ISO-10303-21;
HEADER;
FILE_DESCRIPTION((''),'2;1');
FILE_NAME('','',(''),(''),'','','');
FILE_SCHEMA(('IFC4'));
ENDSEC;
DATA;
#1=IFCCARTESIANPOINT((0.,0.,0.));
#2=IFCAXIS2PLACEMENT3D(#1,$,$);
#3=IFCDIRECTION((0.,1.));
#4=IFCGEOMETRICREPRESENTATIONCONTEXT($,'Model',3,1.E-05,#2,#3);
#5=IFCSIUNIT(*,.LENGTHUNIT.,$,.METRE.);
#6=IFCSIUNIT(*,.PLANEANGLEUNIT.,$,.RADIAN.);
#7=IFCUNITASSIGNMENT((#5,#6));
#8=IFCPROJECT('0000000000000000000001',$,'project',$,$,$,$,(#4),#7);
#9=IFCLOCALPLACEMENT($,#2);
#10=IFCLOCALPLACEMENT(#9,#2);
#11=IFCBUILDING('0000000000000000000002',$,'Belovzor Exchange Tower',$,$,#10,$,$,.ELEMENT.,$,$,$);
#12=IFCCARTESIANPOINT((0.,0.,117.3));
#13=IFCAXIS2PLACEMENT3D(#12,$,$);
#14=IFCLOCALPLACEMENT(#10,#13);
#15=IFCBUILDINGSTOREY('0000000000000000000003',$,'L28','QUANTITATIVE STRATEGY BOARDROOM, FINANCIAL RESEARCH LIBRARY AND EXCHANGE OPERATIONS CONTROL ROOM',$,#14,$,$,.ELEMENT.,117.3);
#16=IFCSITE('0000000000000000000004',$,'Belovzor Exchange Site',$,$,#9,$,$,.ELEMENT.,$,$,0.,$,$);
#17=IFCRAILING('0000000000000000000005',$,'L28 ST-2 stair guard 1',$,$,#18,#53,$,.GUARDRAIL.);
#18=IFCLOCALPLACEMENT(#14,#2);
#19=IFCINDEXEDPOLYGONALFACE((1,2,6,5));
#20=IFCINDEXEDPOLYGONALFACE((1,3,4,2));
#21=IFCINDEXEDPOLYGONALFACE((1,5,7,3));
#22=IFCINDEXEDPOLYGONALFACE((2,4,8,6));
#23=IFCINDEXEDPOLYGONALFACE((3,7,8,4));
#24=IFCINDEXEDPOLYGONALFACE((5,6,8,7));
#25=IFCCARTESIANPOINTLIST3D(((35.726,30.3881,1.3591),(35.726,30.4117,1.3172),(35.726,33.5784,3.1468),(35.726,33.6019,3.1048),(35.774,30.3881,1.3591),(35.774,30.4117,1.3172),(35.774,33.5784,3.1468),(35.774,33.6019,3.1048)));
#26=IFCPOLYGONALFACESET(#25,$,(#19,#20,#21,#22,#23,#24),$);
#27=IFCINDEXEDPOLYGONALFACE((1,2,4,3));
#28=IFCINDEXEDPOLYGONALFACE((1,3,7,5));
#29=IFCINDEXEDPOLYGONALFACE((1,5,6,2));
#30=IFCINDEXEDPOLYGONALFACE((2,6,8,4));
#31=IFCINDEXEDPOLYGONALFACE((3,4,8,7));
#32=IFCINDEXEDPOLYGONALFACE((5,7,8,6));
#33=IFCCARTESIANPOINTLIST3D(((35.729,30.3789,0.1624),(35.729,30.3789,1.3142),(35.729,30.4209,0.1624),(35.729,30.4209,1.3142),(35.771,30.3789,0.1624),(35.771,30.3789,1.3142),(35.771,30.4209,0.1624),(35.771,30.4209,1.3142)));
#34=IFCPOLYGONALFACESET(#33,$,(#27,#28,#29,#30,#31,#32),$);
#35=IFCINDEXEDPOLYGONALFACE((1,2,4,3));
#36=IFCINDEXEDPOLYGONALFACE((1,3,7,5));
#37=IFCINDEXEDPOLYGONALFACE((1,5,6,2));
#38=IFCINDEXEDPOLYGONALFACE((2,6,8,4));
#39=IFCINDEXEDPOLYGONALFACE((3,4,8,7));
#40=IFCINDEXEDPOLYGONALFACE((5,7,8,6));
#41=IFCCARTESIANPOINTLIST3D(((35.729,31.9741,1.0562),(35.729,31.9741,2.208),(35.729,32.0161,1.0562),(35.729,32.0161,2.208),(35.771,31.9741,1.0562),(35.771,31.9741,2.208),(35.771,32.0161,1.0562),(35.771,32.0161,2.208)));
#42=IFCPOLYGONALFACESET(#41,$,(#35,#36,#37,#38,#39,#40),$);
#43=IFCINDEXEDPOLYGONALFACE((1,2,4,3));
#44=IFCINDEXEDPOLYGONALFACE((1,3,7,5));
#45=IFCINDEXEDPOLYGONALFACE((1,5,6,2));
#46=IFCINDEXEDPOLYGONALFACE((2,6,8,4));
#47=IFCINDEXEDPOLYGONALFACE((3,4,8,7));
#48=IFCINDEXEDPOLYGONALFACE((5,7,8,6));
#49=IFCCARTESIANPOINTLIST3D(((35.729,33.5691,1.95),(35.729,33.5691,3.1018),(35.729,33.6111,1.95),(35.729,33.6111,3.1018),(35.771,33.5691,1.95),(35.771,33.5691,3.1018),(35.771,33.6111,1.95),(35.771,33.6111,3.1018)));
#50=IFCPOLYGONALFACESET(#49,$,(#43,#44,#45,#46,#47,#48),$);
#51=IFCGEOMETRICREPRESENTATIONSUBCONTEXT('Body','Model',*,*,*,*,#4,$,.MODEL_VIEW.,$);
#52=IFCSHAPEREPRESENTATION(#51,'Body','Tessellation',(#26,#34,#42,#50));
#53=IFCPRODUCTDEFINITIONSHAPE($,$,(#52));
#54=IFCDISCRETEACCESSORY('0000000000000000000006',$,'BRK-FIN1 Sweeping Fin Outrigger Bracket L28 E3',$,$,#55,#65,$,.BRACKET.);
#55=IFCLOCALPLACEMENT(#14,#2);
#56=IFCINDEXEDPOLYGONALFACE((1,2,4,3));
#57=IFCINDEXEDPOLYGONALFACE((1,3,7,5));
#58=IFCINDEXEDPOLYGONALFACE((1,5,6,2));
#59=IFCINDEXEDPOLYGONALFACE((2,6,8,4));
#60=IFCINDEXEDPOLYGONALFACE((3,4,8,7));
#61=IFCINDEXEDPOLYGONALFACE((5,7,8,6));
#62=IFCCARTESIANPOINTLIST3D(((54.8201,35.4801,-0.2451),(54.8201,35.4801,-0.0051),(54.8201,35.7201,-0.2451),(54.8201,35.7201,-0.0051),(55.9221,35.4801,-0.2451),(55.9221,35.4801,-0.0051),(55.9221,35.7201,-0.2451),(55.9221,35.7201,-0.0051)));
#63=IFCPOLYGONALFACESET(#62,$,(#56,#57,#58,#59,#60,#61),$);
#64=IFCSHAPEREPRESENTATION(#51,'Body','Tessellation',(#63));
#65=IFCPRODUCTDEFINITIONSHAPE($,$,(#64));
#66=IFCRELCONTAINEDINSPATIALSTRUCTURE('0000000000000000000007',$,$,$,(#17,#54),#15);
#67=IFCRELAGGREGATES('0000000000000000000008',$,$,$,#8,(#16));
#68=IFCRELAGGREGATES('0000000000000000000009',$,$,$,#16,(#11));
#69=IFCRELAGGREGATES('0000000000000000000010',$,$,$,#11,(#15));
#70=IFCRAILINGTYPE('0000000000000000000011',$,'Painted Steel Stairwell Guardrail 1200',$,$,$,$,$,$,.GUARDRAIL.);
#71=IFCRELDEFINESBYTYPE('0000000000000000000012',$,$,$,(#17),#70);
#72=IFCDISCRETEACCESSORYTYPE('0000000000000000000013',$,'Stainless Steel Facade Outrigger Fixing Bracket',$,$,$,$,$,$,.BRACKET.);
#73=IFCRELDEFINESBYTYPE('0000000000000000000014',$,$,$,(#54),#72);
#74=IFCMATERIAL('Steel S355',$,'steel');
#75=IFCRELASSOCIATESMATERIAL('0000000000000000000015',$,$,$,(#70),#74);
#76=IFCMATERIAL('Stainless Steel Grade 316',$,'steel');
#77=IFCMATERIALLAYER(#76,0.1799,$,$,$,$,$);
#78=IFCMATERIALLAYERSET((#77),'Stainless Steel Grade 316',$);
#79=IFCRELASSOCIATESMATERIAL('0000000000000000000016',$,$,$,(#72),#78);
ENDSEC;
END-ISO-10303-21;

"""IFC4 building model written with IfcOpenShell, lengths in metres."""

from ifc_helpers import new_model, si_unit, direction, frame, origin, origin_2d, place, context, subcontext, project, spatial, rectangle, extrude, material, layer, layer_set, type_object, element, save


model = new_model("IFC4")

# Units and contexts
model_context = context("Model", 3, precision=1e-05, world=origin(), true_north=direction((0.0, 1.0)))
body_context = subcontext(model_context, "Body", "Model", "MODEL_VIEW")
ifc_project = project(units=[si_unit("LENGTHUNIT", "METRE"), si_unit("PLANEANGLEUNIT", "RADIAN")], contexts=[model_context])

# Site, building, storey
site_placement = place(None, origin())
site = spatial("IfcSite", under=ifc_project, at=site_placement, Name="Belovzor Exchange Site", CompositionType="ELEMENT", RefElevation=0.0)
building_placement = place(site_placement, origin())
building = spatial("IfcBuilding", under=site, at=building_placement, Name="Belovzor Exchange Tower", CompositionType="ELEMENT")
storey_placement = place(building_placement, frame((0.0, 0.0, 117.3)))
storey = spatial("IfcBuildingStorey", under=building, at=storey_placement, Name="L28", Description="QUANTITATIVE STRATEGY BOARDROOM, FINANCIAL RESEARCH LIBRARY AND EXCHANGE OPERATIONS CONTROL ROOM", CompositionType="ELEMENT", Elevation=117.3)

# Railing
ifc_material_1 = material(Name="Steel S355", Category="steel")
railing_type_1 = type_object("IfcRailingType", Name="Painted Steel Stairwell Guardrail 1200", PredefinedType="GUARDRAIL", material=ifc_material_1)
railing_1_placement = place(storey_placement, frame((35.75, 30.3999, 0.1624)))
element("IfcRailing", 1, at=railing_1_placement, inside=storey, type_object=railing_type_1, Name="L28 ST-2 stair guard 1", PredefinedType="GUARDRAIL", context=body_context, shape_type="SweptSolid", body=[
    extrude(rectangle(XDim=0.0481, YDim=0.0481, at=origin_2d()), frame((0.0, 0.0, 1.1758), z_axis=(0.0, 0.872378, 0.488831), x_axis=(-1.0, 0.0, 0.0)), (0.0, 0.0, 1.0), 3.657),
    extrude(rectangle(XDim=0.042, YDim=0.042, at=origin_2d()), origin(), (0.0, 0.0, 1.0), 1.1519),
    extrude(rectangle(XDim=0.042, YDim=0.042, at=origin_2d()), frame((0.0, 1.5952, 0.8938)), (0.0, 0.0, 1.0), 1.1519),
    extrude(rectangle(XDim=0.042, YDim=0.042, at=origin_2d()), frame((0.0, 3.1902, 1.7876)), (0.0, 0.0, 1.0), 1.1519),
])

# Discrete accessory
ifc_material_2 = material(Name="Stainless Steel Grade 316", Category="steel")
ifc_layer_1 = layer(ifc_material_2, 0.1799)
ifc_layer_set_1 = layer_set([ifc_layer_1], Name="Stainless Steel Grade 316")
discrete_accessory_type = type_object("IfcDiscreteAccessoryType", Name="Stainless Steel Facade Outrigger Fixing Bracket", PredefinedType="BRACKET", material=ifc_layer_set_1)
discrete_accessory_placement = place(storey_placement, frame((55.3711, 35.6001, -0.2451), z_axis=(0.0, 0.0, 1.0), x_axis=(1.0, 0.0, 0.0)))
element("IfcDiscreteAccessory", 2, at=discrete_accessory_placement, inside=storey, type_object=discrete_accessory_type, Name="BRK-FIN1 Sweeping Fin Outrigger Bracket L28 E3", PredefinedType="BRACKET", context=body_context, shape_type="SweptSolid", body=[
    extrude(rectangle(XDim=1.1021, YDim=0.24, at=origin_2d()), origin(), (0.0, 0.0, 1.0), 0.24),
])

save(model, "model.ifc")
